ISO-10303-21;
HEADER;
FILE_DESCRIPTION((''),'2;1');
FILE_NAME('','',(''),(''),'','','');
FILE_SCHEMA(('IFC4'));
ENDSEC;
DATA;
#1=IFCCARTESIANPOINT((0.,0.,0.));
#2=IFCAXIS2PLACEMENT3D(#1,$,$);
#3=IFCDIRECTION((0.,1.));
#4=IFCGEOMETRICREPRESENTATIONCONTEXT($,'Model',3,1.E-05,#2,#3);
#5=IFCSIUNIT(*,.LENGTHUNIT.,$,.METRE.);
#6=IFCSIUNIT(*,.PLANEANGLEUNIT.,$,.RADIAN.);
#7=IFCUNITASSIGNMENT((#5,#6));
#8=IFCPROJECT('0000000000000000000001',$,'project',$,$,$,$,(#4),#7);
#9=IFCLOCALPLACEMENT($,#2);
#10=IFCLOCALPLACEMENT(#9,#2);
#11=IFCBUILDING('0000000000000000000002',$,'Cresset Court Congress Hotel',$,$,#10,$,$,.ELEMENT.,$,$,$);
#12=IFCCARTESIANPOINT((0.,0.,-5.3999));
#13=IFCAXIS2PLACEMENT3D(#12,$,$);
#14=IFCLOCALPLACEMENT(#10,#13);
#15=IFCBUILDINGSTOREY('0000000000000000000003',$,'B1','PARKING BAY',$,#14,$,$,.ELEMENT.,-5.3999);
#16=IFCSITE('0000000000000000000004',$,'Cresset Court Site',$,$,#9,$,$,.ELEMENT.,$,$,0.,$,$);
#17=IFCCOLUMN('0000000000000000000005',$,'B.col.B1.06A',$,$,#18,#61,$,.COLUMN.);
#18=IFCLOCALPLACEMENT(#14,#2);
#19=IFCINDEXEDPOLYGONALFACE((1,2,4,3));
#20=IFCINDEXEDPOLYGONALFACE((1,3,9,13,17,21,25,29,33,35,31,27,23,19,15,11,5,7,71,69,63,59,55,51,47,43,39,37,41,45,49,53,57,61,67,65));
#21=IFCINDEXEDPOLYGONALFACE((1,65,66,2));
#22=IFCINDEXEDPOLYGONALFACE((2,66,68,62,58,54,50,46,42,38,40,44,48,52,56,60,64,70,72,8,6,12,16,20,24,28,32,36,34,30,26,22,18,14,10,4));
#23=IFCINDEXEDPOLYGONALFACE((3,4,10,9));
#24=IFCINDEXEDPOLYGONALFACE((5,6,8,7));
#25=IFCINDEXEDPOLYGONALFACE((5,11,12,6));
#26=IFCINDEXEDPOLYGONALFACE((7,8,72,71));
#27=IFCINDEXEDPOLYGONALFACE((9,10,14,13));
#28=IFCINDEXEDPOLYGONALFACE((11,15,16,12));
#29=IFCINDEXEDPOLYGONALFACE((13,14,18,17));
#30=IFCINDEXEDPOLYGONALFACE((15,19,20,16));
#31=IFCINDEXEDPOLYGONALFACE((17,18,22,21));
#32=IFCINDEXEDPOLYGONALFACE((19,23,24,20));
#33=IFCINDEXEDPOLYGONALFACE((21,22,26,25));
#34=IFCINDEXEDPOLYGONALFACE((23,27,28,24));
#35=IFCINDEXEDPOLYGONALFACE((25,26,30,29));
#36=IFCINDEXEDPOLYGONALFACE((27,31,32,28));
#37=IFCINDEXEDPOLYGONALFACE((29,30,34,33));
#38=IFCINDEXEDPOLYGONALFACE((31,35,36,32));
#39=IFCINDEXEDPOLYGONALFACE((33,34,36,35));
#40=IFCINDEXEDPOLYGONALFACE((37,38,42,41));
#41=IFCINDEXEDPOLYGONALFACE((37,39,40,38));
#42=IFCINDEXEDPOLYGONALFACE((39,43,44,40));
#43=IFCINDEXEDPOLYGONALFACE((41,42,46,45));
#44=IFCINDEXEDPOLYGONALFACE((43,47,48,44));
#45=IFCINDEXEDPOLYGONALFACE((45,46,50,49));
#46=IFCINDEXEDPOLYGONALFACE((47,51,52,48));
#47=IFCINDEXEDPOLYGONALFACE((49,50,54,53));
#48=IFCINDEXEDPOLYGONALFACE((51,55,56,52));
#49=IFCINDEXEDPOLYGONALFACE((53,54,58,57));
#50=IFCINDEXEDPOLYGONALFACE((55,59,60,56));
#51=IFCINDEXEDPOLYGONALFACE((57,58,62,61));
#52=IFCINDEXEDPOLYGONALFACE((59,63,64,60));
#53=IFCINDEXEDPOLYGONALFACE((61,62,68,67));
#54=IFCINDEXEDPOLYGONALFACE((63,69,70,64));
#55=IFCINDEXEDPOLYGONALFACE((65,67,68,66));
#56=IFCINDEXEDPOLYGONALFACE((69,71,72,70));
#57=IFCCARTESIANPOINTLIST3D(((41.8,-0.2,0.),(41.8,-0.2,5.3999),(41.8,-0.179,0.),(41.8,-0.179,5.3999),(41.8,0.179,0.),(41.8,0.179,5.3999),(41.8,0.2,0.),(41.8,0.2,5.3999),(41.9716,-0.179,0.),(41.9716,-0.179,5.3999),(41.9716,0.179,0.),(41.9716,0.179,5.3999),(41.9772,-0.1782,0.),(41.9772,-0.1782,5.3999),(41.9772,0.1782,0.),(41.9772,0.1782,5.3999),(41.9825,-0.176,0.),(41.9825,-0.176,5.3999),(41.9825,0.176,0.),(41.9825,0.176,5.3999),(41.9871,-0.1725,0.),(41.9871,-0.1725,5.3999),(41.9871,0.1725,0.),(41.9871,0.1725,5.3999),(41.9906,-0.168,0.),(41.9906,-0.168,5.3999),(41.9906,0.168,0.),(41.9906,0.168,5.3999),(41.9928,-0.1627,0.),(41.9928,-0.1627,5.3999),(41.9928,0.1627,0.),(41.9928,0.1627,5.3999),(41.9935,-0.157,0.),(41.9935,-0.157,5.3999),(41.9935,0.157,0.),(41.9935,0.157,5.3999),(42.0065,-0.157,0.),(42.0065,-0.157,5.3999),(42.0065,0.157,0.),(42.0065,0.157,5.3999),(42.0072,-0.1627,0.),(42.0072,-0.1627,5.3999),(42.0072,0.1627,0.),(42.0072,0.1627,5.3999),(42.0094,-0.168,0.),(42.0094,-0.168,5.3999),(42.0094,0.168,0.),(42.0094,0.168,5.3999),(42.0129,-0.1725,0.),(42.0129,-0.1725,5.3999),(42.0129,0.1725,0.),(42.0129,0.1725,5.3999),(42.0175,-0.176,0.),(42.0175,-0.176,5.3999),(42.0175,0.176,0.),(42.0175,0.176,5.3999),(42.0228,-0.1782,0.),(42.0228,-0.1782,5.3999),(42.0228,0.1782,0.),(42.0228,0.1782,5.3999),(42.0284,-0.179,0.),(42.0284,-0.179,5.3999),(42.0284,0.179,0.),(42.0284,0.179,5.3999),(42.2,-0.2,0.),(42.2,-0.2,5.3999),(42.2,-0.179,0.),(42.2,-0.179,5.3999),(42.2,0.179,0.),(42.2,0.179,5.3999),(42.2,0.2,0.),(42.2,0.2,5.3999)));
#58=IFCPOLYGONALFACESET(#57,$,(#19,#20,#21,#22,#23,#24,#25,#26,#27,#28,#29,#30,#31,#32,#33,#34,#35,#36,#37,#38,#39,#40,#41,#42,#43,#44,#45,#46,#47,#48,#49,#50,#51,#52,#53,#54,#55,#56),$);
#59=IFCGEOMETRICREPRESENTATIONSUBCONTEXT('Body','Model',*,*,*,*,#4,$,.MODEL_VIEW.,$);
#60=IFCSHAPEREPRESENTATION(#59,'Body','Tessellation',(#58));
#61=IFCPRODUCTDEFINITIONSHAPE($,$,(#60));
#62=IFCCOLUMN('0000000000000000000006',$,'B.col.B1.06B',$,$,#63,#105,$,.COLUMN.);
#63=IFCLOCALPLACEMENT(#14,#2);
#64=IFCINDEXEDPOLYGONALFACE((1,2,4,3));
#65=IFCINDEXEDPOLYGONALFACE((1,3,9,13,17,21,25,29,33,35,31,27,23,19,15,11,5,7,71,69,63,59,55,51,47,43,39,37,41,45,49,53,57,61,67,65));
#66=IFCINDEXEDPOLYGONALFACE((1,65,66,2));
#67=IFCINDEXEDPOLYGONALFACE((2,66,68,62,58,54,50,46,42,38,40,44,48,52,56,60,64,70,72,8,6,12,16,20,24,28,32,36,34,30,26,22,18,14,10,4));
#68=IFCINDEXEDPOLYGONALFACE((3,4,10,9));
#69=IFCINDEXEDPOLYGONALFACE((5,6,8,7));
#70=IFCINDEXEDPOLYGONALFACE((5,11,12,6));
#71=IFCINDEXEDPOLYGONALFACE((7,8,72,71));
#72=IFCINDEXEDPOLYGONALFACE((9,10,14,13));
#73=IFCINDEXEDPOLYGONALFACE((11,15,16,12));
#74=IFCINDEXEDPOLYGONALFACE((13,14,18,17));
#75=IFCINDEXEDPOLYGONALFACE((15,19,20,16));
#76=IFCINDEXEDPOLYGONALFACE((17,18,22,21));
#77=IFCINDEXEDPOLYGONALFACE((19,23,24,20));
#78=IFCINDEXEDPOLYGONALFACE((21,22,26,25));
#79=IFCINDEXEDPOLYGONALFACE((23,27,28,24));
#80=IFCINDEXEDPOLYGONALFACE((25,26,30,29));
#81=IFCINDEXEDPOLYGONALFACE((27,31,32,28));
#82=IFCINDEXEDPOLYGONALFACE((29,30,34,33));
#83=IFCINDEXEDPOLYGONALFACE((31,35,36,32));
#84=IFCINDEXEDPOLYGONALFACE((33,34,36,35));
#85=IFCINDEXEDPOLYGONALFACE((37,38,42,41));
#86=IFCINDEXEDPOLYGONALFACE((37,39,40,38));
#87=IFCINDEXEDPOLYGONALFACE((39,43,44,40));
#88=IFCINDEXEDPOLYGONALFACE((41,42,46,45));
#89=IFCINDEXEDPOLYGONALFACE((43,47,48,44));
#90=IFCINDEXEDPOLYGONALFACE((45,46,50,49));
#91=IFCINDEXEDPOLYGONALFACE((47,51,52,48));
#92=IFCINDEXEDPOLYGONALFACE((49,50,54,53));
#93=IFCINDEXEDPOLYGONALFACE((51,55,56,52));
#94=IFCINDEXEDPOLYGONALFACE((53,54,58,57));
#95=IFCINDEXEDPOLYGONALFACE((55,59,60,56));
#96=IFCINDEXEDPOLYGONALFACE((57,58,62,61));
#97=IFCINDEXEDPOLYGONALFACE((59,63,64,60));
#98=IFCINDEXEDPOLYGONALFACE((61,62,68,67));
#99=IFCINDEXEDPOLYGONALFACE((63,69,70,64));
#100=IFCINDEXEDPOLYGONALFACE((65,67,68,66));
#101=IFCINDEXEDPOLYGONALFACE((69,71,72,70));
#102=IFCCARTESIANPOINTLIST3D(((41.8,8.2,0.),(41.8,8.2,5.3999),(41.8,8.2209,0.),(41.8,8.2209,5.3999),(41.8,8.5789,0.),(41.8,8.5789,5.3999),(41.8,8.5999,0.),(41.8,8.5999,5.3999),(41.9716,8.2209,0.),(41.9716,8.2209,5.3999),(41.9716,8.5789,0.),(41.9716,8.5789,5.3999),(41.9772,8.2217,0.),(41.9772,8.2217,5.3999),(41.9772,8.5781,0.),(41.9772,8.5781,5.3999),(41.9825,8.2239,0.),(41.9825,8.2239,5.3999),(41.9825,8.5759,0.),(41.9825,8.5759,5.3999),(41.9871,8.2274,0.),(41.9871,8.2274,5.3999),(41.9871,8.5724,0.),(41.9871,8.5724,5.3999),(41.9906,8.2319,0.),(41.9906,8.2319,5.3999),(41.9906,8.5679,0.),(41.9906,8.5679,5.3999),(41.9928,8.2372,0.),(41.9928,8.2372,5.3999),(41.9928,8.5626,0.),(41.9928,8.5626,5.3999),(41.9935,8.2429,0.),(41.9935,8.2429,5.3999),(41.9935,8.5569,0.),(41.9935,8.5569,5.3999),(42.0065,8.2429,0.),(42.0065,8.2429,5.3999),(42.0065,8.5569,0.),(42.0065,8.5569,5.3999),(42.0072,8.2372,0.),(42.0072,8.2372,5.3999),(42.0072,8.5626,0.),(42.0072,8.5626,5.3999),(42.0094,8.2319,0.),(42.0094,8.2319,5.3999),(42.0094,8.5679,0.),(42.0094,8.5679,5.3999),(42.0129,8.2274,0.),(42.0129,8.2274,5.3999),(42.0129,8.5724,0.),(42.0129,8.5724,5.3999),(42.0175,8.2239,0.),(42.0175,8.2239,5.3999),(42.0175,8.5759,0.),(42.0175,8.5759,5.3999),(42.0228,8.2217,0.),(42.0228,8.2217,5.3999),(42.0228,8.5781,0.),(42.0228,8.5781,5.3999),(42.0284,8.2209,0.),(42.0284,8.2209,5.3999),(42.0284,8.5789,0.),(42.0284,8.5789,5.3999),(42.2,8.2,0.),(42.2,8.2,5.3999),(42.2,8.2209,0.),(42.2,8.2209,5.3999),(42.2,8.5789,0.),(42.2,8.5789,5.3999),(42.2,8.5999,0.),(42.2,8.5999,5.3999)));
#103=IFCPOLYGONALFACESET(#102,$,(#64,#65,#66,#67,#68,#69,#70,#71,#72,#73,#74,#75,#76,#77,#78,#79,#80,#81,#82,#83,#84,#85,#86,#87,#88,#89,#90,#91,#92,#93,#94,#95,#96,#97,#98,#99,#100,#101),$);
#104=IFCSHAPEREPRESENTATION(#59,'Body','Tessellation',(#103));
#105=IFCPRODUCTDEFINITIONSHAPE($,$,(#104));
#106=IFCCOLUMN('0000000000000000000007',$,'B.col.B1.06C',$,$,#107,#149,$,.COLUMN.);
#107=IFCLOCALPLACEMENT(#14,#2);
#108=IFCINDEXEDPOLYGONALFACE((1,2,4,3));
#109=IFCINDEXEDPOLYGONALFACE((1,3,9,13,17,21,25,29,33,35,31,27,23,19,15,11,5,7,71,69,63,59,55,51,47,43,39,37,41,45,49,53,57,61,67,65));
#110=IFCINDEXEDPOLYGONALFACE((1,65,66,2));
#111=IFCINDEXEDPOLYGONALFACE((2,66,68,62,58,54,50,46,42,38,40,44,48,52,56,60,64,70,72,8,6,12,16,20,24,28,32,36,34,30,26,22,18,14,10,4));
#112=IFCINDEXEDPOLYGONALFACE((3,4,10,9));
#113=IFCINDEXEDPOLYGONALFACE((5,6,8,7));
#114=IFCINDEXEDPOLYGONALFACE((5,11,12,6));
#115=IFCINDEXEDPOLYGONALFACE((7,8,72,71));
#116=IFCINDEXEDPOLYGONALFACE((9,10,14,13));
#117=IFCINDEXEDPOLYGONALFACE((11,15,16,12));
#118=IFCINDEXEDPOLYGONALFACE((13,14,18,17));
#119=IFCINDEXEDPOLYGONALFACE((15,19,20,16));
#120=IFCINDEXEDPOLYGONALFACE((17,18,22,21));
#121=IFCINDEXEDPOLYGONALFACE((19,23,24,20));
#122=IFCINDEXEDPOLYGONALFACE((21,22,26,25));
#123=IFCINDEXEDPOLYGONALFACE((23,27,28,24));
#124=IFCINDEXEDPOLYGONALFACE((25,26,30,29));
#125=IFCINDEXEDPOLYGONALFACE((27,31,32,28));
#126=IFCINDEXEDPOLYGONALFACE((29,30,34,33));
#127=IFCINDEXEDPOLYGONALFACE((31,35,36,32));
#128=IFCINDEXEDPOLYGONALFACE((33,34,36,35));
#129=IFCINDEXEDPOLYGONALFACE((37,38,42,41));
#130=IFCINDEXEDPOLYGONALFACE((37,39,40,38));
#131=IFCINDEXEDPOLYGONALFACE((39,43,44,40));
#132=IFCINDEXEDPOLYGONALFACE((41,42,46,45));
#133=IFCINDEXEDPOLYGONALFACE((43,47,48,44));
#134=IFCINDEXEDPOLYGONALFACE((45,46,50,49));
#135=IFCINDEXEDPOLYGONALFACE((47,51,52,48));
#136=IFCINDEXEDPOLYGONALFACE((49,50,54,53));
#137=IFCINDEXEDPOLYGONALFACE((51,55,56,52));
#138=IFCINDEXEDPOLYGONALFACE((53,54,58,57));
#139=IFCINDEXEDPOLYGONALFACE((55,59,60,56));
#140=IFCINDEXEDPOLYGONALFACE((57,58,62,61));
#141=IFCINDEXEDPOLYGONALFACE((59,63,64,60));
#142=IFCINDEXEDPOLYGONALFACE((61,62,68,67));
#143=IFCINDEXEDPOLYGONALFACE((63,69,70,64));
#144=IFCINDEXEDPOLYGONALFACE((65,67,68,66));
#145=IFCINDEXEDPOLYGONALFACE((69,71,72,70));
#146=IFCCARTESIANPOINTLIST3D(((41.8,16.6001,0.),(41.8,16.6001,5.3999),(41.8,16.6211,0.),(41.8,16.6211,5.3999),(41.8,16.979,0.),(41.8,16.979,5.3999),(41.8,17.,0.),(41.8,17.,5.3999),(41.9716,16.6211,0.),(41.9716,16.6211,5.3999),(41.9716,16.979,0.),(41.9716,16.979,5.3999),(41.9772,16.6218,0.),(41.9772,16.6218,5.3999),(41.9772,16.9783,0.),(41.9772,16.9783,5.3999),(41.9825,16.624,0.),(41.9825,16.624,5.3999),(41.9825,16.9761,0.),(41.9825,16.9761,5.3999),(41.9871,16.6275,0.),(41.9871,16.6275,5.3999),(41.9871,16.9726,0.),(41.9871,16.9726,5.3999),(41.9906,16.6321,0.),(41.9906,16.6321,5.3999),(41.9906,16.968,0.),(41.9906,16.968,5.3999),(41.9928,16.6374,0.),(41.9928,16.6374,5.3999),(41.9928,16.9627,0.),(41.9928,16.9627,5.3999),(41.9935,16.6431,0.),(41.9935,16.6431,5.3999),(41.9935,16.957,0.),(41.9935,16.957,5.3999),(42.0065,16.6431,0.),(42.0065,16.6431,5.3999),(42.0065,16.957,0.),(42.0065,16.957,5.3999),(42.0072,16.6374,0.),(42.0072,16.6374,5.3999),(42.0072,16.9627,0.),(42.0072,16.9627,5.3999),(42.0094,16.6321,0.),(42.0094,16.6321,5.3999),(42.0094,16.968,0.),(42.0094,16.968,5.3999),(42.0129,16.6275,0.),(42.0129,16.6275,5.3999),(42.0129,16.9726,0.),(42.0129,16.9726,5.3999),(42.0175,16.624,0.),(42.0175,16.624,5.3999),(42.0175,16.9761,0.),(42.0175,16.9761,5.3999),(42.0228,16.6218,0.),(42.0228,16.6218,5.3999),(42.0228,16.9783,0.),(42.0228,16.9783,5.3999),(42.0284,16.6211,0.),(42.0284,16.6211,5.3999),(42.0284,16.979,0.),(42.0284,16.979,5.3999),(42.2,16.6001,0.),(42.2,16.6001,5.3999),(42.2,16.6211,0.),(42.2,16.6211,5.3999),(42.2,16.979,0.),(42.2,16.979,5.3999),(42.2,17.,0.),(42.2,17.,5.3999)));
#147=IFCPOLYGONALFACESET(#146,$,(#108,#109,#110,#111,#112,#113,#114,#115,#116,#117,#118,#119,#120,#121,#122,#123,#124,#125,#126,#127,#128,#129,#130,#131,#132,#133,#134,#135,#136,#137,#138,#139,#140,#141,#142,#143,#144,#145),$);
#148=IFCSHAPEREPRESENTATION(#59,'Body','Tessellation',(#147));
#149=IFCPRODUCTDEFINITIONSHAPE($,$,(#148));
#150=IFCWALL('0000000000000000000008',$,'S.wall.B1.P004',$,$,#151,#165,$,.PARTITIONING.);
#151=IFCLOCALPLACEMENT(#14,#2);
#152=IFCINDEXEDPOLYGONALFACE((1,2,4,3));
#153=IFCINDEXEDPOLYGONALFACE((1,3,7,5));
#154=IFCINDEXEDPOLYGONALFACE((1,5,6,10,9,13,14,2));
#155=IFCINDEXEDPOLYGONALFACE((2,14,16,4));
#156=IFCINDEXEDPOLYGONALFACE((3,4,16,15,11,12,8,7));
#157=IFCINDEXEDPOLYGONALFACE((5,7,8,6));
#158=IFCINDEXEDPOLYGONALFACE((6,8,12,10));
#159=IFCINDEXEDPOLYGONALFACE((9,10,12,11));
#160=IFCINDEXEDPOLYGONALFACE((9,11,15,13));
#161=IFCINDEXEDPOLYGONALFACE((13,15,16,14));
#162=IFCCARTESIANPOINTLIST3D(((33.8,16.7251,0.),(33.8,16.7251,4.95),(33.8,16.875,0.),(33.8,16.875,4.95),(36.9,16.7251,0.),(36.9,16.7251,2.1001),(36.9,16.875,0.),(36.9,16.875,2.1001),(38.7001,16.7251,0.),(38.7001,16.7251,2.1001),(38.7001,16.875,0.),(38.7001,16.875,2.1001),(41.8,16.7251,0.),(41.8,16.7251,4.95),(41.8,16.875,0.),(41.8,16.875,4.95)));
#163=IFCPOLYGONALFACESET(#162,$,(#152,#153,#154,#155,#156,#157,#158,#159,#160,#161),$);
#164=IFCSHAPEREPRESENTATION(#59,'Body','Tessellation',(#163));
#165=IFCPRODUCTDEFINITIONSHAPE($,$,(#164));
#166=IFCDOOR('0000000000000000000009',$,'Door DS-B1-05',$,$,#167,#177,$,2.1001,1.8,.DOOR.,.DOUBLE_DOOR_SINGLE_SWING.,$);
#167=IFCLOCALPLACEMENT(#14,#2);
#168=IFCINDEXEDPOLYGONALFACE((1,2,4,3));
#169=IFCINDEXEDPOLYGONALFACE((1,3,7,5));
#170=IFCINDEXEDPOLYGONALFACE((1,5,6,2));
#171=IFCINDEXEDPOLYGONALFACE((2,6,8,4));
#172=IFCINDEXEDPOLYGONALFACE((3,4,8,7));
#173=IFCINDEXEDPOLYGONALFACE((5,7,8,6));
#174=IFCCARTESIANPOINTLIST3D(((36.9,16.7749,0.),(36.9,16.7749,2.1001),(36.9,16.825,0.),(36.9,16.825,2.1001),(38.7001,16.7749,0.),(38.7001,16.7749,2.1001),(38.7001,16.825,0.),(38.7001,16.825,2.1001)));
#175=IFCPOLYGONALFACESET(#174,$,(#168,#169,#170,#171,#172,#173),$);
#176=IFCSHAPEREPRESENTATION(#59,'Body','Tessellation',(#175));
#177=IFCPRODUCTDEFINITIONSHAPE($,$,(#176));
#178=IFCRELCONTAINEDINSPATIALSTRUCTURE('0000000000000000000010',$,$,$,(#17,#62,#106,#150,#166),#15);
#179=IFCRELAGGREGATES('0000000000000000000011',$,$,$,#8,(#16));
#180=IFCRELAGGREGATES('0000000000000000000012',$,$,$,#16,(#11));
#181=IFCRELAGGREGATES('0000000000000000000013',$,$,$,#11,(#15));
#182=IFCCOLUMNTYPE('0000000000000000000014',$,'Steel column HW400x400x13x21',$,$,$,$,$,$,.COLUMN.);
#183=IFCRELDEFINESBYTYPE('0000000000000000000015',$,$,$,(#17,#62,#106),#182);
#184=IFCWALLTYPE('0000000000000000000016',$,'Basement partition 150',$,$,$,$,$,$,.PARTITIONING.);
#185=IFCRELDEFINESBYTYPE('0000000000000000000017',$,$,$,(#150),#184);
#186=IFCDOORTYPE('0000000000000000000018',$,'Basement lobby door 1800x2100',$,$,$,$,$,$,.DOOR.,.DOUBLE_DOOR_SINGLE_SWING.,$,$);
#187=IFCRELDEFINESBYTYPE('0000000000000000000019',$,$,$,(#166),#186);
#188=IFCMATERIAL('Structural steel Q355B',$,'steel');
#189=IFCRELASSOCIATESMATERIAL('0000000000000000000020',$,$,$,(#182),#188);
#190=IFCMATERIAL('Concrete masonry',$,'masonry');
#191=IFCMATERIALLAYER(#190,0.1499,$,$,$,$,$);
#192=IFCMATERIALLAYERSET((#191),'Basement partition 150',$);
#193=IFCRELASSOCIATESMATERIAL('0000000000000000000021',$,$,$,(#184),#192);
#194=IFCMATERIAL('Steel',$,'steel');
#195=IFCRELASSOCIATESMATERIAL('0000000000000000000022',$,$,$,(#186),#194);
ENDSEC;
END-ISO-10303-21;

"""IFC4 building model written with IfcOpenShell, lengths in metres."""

from ifc_helpers import new_model, si_unit, direction, frame, frame_2d, origin, origin_2d, place, context, subcontext, project, spatial, rectangle, i_section, extrude, material, layer, layer_set, material_profile, profile_set, type_object, element, fill, save


model = new_model("IFC4")

# Units and contexts
model_context = context("Model", 3, precision=1e-05, world=origin(), true_north=direction((0.0, 1.0)))
body_context = subcontext(model_context, "Body", "Model", "MODEL_VIEW")
ifc_project = project(units=[si_unit("LENGTHUNIT", "METRE"), si_unit("PLANEANGLEUNIT", "RADIAN")], contexts=[model_context])

# Site, building, storey
site_placement = place(None, origin())
site = spatial("IfcSite", under=ifc_project, at=site_placement, Name="Cresset Court Site", CompositionType="ELEMENT", RefElevation=0.0)
building_placement = place(site_placement, origin())
building = spatial("IfcBuilding", under=site, at=building_placement, Name="Cresset Court Congress Hotel", CompositionType="ELEMENT")
storey_placement = place(building_placement, frame((0.0, 0.0, -5.3999)))
storey = spatial("IfcBuildingStorey", under=building, at=storey_placement, Name="B1", Description="PARKING BAY", CompositionType="ELEMENT", Elevation=-5.3999)

# Columns
ifc_material_1 = material(Name="Structural steel Q355B", Category="steel")
ifc_material_profile = material_profile(ifc_material_1, i_section(OverallWidth=0.3999, OverallDepth=0.3999, WebThickness=0.0129, FlangeThickness=0.021, FilletRadius=0.022, at=origin_2d()), Name="HW400x400x13x21")
ifc_profile_set = profile_set([ifc_material_profile], Name="Structural steel Q355B")
column_type = type_object("IfcColumnType", Name="Steel column HW400x400x13x21", PredefinedType="COLUMN", material=ifc_profile_set)
for number, where, z_axis, x_axis, name in (
    (1, (42.0, 0.0, 0.0), (0.0, 0.0, 1.0), (1.0, 0.0, 0.0), "B.col.B1.06A"),
    (2, (42.0, 8.3999, 0.0), (0.0, 0.0, 1.0), (1.0, 0.0, 0.0), "B.col.B1.06B"),
    (3, (42.0, 16.8, 0.0), (0.0, 0.0, 1.0), (1.0, 0.0, 0.0), "B.col.B1.06C"),
):
    element("IfcColumn", number, at=place(storey_placement, frame(where, z_axis=z_axis, x_axis=x_axis)), inside=storey, type_object=column_type, Name=name, PredefinedType="COLUMN", context=body_context, shape_type="SweptSolid", body=[
        extrude(i_section(OverallWidth=0.3999, OverallDepth=0.3999, WebThickness=0.0129, FlangeThickness=0.021, FilletRadius=0.022, at=origin_2d()), origin(), (0.0, 0.0, 1.0), 5.3999),
    ])

# Wall, opening, door
ifc_material_2 = material(Name="Concrete masonry", Category="masonry")
ifc_layer_1 = layer(ifc_material_2, 0.1499)
ifc_layer_set_1 = layer_set([ifc_layer_1], Name="Basement partition 150")
wall_type_1 = type_object("IfcWallType", Name="Basement partition 150", PredefinedType="PARTITIONING", material=ifc_layer_set_1)
wall_1_placement = place(storey_placement, frame((33.8, 16.8, 0.0), z_axis=(0.0, 0.0, 1.0), x_axis=(1.0, 0.0, 0.0)))
wall_1 = element("IfcWall", 4, at=wall_1_placement, inside=storey, type_object=wall_type_1, Name="S.wall.B1.P004", PredefinedType="PARTITIONING", context=body_context, shape_type="SweptSolid", body=[
    extrude(rectangle(XDim=8.0, YDim=0.1499, at=frame_2d((4.0, 0.0))), origin(), (0.0, 0.0, 1.0), 4.95),
])
opening_1_placement = place(wall_1_placement, frame((3.1001, 0.0, 0.0)))
opening_1 = element("IfcOpeningElement", 5, at=opening_1_placement, cuts=wall_1, PredefinedType="OPENING", context=body_context, shape_type="SweptSolid", body=[
    extrude(rectangle(XDim=1.8, YDim=2.1001, at=frame_2d((0.8999, 1.05))), frame((0.0, 0.085, 0.0), z_axis=(0.0, -1.0, 0.0), x_axis=(1.0, 0.0, 0.0)), (0.0, 0.0, 1.0), 0.1699),
])
ifc_material_3 = material(Name="Steel", Category="steel")
door_type = type_object("IfcDoorType", Name="Basement lobby door 1800x2100", OperationType="DOUBLE_DOOR_SINGLE_SWING", PredefinedType="DOOR", material=ifc_material_3)
door_1_placement = place(opening_1_placement, origin())
door_1 = element("IfcDoor", 6, at=door_1_placement, inside=storey, type_object=door_type, Name="Door DS-B1-05", OperationType="DOUBLE_DOOR_SINGLE_SWING", OverallHeight=2.1001, OverallWidth=1.8, PredefinedType="DOOR", context=body_context, shape_type="SweptSolid", body=[
    extrude(rectangle(XDim=1.8, YDim=2.1001, at=frame_2d((0.8999, 1.05))), frame((0.0, 0.0249, 0.0), z_axis=(0.0, -1.0, 0.0), x_axis=(1.0, 0.0, 0.0)), (0.0, 0.0, 1.0), 0.05),
])
fill(opening_1, door_1)

save(model, "model.ifc")
